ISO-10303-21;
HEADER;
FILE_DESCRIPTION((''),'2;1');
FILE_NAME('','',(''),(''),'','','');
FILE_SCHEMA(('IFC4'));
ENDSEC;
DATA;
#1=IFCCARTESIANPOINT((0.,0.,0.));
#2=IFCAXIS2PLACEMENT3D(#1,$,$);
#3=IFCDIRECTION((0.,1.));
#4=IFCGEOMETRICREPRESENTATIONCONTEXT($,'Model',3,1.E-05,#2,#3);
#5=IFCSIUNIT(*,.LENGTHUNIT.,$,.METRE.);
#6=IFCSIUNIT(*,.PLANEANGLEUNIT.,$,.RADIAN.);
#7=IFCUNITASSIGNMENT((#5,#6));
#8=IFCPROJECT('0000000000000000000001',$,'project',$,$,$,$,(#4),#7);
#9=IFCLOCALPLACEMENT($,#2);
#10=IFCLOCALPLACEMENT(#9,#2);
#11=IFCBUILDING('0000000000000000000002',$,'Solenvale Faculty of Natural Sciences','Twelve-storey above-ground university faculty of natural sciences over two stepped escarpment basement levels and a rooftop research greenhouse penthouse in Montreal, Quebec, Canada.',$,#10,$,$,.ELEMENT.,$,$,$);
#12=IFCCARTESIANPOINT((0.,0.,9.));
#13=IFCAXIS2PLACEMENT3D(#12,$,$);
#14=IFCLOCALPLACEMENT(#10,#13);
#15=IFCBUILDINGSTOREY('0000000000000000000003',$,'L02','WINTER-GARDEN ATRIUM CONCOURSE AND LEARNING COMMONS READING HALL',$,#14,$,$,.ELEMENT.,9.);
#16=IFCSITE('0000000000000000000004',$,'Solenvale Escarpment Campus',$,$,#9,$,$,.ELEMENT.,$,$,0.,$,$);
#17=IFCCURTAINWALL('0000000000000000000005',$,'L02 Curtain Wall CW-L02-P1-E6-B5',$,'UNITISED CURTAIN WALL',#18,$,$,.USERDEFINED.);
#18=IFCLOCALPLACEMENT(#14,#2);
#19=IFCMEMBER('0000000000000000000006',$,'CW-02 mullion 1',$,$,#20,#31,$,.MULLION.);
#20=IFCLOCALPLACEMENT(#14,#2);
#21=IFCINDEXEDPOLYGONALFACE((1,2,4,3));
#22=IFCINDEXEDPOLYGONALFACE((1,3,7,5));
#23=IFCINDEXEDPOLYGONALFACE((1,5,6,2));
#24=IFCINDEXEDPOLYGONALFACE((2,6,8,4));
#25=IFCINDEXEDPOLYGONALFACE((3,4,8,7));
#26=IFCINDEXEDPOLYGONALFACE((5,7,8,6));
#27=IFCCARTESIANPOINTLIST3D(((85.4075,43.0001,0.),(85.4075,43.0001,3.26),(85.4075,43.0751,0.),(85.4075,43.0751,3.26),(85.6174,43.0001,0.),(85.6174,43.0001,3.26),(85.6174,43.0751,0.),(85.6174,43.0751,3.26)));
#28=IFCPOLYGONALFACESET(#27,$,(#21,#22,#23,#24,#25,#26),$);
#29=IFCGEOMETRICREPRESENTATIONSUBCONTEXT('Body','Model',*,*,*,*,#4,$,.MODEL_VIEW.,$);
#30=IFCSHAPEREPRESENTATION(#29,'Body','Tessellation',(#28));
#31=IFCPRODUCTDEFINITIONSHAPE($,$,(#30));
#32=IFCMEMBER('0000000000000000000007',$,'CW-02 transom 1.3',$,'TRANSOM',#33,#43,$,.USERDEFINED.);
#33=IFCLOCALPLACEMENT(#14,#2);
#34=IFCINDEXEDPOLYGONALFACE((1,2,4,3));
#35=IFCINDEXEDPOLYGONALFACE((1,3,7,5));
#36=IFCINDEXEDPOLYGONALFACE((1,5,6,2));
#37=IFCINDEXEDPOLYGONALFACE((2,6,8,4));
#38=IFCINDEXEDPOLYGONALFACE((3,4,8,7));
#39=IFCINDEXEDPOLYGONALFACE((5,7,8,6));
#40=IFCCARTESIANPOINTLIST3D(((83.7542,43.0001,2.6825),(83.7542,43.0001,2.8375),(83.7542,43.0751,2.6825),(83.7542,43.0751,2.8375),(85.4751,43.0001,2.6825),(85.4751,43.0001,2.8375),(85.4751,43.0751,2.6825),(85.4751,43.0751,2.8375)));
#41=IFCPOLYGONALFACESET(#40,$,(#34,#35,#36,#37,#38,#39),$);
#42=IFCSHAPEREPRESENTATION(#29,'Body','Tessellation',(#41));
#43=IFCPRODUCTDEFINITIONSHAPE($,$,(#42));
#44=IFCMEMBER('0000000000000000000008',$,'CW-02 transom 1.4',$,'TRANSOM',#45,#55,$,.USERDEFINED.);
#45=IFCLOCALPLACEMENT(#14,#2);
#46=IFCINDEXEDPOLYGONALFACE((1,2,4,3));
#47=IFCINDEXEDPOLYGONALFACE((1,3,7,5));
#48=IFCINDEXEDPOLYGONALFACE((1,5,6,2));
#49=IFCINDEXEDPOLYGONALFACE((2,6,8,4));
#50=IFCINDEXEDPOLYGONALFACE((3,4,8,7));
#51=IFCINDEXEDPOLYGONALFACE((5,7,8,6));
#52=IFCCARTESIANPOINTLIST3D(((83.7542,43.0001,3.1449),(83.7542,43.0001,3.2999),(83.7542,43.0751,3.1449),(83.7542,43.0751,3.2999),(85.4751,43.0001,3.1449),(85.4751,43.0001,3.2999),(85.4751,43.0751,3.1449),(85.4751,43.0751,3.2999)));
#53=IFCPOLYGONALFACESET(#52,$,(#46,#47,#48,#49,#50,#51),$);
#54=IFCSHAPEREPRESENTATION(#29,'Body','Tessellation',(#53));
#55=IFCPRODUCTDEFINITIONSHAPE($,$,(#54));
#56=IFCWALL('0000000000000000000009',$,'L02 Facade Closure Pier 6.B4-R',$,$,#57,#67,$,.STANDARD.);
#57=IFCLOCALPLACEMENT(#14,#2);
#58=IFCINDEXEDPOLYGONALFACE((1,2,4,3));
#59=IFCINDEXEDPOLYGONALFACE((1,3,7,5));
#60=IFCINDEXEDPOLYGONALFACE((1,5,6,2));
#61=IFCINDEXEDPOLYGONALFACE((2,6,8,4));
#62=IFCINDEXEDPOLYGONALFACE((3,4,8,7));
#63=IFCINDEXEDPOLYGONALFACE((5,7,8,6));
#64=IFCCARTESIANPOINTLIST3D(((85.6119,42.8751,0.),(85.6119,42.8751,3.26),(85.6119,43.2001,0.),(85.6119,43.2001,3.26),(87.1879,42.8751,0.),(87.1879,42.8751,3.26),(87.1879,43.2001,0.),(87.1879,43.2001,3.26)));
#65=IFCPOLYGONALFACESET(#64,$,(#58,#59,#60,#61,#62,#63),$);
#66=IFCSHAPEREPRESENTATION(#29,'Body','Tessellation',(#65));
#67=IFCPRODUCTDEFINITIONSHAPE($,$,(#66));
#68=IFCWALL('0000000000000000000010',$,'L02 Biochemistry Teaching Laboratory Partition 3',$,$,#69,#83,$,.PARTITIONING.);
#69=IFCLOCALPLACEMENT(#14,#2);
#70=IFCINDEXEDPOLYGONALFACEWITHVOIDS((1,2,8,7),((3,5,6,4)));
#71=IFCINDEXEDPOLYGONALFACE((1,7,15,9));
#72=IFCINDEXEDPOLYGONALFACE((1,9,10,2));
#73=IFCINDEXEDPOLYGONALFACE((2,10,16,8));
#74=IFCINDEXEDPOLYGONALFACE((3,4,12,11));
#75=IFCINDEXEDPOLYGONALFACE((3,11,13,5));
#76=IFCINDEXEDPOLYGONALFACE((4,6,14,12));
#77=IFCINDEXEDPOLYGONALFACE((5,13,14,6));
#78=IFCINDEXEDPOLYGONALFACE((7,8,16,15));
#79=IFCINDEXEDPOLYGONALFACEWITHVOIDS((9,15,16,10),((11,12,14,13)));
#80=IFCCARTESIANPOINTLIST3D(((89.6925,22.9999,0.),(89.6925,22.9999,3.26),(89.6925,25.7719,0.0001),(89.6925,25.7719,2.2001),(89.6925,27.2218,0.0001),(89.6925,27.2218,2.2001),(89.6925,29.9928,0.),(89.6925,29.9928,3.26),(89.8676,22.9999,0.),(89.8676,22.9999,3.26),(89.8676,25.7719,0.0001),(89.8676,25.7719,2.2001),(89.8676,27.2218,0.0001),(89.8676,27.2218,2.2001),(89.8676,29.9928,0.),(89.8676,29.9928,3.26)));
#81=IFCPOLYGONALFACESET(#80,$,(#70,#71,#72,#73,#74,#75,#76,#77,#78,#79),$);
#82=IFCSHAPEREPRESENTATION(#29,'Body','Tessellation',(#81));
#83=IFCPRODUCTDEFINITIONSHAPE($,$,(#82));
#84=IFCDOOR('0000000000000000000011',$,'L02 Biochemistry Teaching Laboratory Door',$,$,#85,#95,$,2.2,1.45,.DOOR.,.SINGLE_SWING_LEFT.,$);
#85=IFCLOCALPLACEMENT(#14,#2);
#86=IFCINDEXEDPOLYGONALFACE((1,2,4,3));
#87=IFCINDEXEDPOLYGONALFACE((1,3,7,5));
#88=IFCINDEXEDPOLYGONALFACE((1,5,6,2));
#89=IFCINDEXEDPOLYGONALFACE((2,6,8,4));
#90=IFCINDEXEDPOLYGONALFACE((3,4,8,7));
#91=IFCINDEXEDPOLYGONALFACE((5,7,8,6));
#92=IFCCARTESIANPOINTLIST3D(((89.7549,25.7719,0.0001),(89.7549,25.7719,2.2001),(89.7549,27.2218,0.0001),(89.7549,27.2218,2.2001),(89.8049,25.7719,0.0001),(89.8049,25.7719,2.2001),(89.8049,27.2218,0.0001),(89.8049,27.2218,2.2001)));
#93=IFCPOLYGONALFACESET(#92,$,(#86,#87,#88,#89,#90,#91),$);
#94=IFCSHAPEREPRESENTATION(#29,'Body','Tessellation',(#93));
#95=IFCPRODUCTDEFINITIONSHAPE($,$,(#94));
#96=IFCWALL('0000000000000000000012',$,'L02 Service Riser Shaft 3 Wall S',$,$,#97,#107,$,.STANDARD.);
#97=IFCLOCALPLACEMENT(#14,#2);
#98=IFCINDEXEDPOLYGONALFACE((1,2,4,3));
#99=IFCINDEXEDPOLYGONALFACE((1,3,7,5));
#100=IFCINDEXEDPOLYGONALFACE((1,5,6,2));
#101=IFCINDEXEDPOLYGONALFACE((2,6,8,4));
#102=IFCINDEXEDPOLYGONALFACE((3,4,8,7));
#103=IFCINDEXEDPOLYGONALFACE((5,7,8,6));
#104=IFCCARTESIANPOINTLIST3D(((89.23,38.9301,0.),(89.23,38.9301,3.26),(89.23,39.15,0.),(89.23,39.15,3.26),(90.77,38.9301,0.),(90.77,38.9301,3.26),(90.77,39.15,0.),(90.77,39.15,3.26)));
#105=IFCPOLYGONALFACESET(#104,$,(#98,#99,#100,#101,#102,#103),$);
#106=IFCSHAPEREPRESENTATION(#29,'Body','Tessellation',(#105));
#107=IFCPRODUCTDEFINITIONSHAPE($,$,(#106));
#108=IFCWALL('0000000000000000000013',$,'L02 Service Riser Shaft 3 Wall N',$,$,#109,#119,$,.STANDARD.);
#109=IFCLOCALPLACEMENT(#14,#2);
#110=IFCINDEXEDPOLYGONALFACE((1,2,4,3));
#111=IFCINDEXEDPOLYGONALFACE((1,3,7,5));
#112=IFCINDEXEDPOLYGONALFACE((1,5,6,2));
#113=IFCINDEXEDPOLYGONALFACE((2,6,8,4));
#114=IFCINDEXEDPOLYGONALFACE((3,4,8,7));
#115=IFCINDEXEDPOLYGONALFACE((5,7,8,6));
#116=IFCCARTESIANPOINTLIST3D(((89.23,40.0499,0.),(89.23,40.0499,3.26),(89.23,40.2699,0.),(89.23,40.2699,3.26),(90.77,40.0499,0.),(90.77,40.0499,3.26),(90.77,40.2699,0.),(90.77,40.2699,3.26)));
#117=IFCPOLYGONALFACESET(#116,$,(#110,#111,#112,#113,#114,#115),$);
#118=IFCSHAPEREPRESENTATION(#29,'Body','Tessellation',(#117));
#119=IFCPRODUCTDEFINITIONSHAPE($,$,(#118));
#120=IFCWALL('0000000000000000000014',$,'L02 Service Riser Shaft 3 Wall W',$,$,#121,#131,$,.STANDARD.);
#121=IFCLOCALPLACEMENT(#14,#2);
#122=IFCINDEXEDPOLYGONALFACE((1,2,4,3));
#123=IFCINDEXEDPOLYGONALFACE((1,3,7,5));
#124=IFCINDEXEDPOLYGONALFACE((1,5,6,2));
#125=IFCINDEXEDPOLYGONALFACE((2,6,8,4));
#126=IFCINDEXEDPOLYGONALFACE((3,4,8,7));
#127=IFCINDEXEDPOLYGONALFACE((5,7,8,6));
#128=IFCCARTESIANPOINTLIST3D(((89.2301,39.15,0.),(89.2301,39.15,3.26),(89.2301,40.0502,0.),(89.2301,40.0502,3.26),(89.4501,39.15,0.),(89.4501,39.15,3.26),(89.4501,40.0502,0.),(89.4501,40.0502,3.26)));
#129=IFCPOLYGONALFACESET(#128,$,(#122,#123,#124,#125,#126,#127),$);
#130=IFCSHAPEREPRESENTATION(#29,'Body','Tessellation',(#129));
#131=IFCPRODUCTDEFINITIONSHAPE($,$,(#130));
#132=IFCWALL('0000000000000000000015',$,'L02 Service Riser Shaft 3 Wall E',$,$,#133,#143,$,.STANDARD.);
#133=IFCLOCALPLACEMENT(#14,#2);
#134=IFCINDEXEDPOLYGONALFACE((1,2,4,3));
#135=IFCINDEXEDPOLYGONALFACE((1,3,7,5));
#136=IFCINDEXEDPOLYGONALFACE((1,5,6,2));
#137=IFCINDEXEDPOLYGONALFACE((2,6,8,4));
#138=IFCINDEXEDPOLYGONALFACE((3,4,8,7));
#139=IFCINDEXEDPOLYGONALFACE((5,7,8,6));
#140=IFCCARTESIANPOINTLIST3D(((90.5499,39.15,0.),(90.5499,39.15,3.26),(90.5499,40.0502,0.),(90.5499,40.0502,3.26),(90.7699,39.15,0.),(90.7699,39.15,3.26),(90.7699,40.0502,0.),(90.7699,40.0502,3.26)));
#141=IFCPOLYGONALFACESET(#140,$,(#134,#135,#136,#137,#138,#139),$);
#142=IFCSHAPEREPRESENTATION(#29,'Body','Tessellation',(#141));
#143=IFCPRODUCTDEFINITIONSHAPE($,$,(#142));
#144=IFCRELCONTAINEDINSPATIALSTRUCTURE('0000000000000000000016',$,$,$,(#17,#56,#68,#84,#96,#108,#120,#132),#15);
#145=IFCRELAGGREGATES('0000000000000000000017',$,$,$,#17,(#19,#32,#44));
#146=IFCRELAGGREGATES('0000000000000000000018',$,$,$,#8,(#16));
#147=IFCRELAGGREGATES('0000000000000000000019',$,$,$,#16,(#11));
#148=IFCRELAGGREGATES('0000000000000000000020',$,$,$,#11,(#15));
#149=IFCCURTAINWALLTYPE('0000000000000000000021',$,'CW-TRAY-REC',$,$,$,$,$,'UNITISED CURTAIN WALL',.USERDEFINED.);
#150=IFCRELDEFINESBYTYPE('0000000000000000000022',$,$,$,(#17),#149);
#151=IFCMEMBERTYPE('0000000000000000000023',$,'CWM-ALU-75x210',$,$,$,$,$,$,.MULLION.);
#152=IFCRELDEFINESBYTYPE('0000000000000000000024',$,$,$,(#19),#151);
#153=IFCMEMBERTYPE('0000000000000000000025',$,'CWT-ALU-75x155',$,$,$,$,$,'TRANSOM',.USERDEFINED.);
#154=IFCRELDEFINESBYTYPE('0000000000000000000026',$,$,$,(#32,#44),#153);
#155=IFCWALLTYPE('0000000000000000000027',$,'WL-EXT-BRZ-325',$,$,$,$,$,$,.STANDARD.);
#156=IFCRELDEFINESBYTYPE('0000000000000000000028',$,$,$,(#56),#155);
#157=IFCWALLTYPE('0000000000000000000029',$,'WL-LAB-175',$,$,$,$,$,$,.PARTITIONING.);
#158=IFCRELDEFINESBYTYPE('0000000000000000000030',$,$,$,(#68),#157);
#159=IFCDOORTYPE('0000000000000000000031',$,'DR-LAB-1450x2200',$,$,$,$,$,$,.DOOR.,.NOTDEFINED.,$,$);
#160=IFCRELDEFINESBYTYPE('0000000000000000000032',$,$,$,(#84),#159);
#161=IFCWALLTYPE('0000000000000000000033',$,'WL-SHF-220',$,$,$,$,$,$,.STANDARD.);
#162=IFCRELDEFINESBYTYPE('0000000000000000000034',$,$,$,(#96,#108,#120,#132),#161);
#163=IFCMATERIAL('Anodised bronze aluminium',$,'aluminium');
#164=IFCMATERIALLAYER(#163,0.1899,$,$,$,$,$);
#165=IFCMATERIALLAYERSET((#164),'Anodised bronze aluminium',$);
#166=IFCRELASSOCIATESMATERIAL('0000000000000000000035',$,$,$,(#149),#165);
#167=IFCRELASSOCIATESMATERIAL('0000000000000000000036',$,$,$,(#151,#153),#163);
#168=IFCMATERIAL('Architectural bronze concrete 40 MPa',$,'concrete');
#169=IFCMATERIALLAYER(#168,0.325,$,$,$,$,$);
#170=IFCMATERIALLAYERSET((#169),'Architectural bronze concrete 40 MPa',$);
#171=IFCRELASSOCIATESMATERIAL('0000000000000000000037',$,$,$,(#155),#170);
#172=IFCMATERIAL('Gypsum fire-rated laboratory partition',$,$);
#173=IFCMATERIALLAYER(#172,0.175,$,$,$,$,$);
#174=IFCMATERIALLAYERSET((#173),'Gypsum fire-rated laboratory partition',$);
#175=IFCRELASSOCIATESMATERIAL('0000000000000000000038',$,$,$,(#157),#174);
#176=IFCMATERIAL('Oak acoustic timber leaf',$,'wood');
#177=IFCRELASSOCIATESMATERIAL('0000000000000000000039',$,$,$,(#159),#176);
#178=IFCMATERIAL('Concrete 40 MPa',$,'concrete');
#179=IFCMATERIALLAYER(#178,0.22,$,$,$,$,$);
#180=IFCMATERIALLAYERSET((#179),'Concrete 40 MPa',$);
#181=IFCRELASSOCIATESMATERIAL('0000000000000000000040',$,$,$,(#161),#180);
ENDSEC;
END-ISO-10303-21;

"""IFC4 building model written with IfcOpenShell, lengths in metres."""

from ifc_helpers import new_model, si_unit, direction, frame, frame_2d, origin, origin_2d, place, context, subcontext, project, spatial, rectangle, extrude, material, layer, layer_set, material_profile, profile_set, type_object, element, fill, aggregate, save


model = new_model("IFC4")

# Units and contexts
model_context = context("Model", 3, precision=1e-05, world=origin(), true_north=direction((0.0, 1.0)))
body_context = subcontext(model_context, "Body", "Model", "MODEL_VIEW")
ifc_project = project(units=[si_unit("LENGTHUNIT", "METRE"), si_unit("PLANEANGLEUNIT", "RADIAN")], contexts=[model_context])

# Site, building, storey
site_placement = place(None, origin())
site = spatial("IfcSite", under=ifc_project, at=site_placement, Name="Solenvale Escarpment Campus", CompositionType="ELEMENT", RefElevation=0.0)
building_placement = place(site_placement, origin())
building = spatial("IfcBuilding", under=site, at=building_placement, Name="Solenvale Faculty of Natural Sciences", Description="Twelve-storey above-ground university faculty of natural sciences over two stepped escarpment basement levels and a rooftop research greenhouse penthouse in Montreal, Quebec, Canada.", CompositionType="ELEMENT")
storey_placement = place(building_placement, frame((0.0, 0.0, 9.0)))
storey = spatial("IfcBuildingStorey", under=building, at=storey_placement, Name="L02", Description="WINTER-GARDEN ATRIUM CONCOURSE AND LEARNING COMMONS READING HALL", CompositionType="ELEMENT", Elevation=9.0)

# Shared definitions
ifc_material_1 = material(Name="Concrete 40 MPa", Category="concrete")

# Curtain wall, members
ifc_material_2 = material(Name="Anodised bronze aluminium", Category="aluminium")
ifc_layer_1 = layer(ifc_material_2, 0.1899)
ifc_layer_set_1 = layer_set([ifc_layer_1], Name="Anodised bronze aluminium")
curtain_wall_type = type_object("IfcCurtainWallType", Name="CW-TRAY-REC", ElementType="UNITISED CURTAIN WALL", PredefinedType="USERDEFINED", material=ifc_layer_set_1)
curtain_wall_placement = place(storey_placement, origin())
curtain_wall = element("IfcCurtainWall", 1, at=curtain_wall_placement, inside=storey, type_object=curtain_wall_type, Name="L02 Curtain Wall CW-L02-P1-E6-B5", ObjectType="UNITISED CURTAIN WALL", PredefinedType="USERDEFINED")
ifc_material_profile_1 = material_profile(ifc_material_2, rectangle(XDim=0.075, YDim=0.21, at=origin_2d()), Name="ALU-MUL-75x210")
ifc_profile_set_1 = profile_set([ifc_material_profile_1], Name="Anodised bronze aluminium")
member_type_1 = type_object("IfcMemberType", Name="CWM-ALU-75x210", PredefinedType="MULLION", material=ifc_profile_set_1)
member_1_placement = place(storey_placement, frame((85.5125, 43.0376, 0.0), z_axis=(0.0, 0.0, 1.0), x_axis=(0.0, -1.0, 0.0)))
member_1 = element("IfcMember", 2, at=member_1_placement, type_object=member_type_1, Name="CW-02 mullion 1", PredefinedType="MULLION", context=body_context, shape_type="SweptSolid", body=[
    extrude(rectangle(XDim=0.075, YDim=0.21, at=origin_2d()), origin(), (0.0, 0.0, 1.0), 3.26),
])
ifc_material_profile_2 = material_profile(ifc_material_2, rectangle(XDim=0.075, YDim=0.155, at=origin_2d()), Name="ALU-TRN-75x155")
ifc_profile_set_2 = profile_set([ifc_material_profile_2], Name="Anodised bronze aluminium")
member_type_2 = type_object("IfcMemberType", Name="CWT-ALU-75x155", ElementType="TRANSOM", PredefinedType="USERDEFINED", material=ifc_profile_set_2)
member_2_placement = place(storey_placement, frame((85.4751, 43.0376, 2.76), z_axis=(-1.0, 0.0, 0.0), x_axis=(0.0, -1.0, 0.0)))
member_2 = element("IfcMember", 3, at=member_2_placement, type_object=member_type_2, Name="CW-02 transom 1.3", ObjectType="TRANSOM", PredefinedType="USERDEFINED", context=body_context, shape_type="SweptSolid", body=[
    extrude(rectangle(XDim=0.075, YDim=0.155, at=origin_2d()), origin(), (0.0, 0.0, 1.0), 1.7209),
])
member_3_placement = place(storey_placement, frame((85.4751, 43.0376, 3.2224), z_axis=(-1.0, 0.0, 0.0), x_axis=(0.0, -1.0, 0.0)))
member_3 = element("IfcMember", 4, at=member_3_placement, type_object=member_type_2, Name="CW-02 transom 1.4", ObjectType="TRANSOM", PredefinedType="USERDEFINED", context=body_context, shape_type="SweptSolid", body=[
    extrude(rectangle(XDim=0.075, YDim=0.155, at=origin_2d()), origin(), (0.0, 0.0, 1.0), 1.7209),
])
aggregate(curtain_wall, [member_1, member_2, member_3])

# Wall
ifc_material_3 = material(Name="Architectural bronze concrete 40 MPa", Category="concrete")
ifc_layer_2 = layer(ifc_material_3, 0.325)
ifc_layer_set_2 = layer_set([ifc_layer_2], Name="Architectural bronze concrete 40 MPa")
wall_type_1 = type_object("IfcWallType", Name="WL-EXT-BRZ-325", PredefinedType="STANDARD", material=ifc_layer_set_2)
wall_1_placement = place(storey_placement, frame((87.188, 43.0376, 0.0), z_axis=(0.0, 0.0, 1.0), x_axis=(-1.0, 0.0, 0.0)))
element("IfcWall", 5, at=wall_1_placement, inside=storey, type_object=wall_type_1, Name="L02 Facade Closure Pier 6.B4-R", PredefinedType="STANDARD", context=body_context, shape_type="SweptSolid", body=[
    extrude(rectangle(XDim=1.5759, YDim=0.325, at=frame_2d((0.7881, 0.0))), origin(), (0.0, 0.0, 1.0), 3.26),
])

# Wall, opening, door
ifc_material_4 = material(Name="Gypsum fire-rated laboratory partition")
ifc_layer_3 = layer(ifc_material_4, 0.175)
ifc_layer_set_3 = layer_set([ifc_layer_3], Name="Gypsum fire-rated laboratory partition")
wall_type_2 = type_object("IfcWallType", Name="WL-LAB-175", PredefinedType="PARTITIONING", material=ifc_layer_set_3)
wall_2_placement = place(storey_placement, frame((89.78, 29.9929, 0.0), z_axis=(0.0, 0.0, 1.0), x_axis=(0.0, -1.0, 0.0)))
wall_2 = element("IfcWall", 6, at=wall_2_placement, inside=storey, type_object=wall_type_2, Name="L02 Biochemistry Teaching Laboratory Partition 3", PredefinedType="PARTITIONING", context=body_context, shape_type="SweptSolid", body=[
    extrude(rectangle(XDim=6.9929, YDim=0.175, at=frame_2d((3.4966, 0.0))), origin(), (0.0, 0.0, 1.0), 3.26),
])
opening_placement = place(wall_2_placement, frame((2.771, 0.0, 0.0)))
opening = element("IfcOpeningElement", 7, at=opening_placement, cuts=wall_2, PredefinedType="OPENING", context=body_context, shape_type="SweptSolid", body=[
    extrude(rectangle(XDim=1.45, YDim=2.2, at=frame_2d((0.7251, 1.1001))), frame((0.0, 0.0974, 0.0), z_axis=(0.0, -1.0, 0.0), x_axis=(1.0, 0.0, 0.0)), (0.0, 0.0, 1.0), 0.1951),
])
ifc_material_5 = material(Name="Oak acoustic timber leaf", Category="wood")
door_type = type_object("IfcDoorType", Name="DR-LAB-1450x2200", OperationType="NOTDEFINED", PredefinedType="DOOR", material=ifc_material_5)
door_placement = place(opening_placement, origin())
door = element("IfcDoor", 8, at=door_placement, inside=storey, type_object=door_type, Name="L02 Biochemistry Teaching Laboratory Door", OperationType="SINGLE_SWING_LEFT", OverallHeight=2.2, OverallWidth=1.45, PredefinedType="DOOR", context=body_context, shape_type="SweptSolid", body=[
    extrude(rectangle(XDim=1.45, YDim=2.2, at=frame_2d((0.7251, 1.1001))), frame((0.0, 0.0249, 0.0), z_axis=(0.0, -1.0, 0.0), x_axis=(1.0, 0.0, 0.0)), (0.0, 0.0, 1.0), 0.05),
])
fill(opening, door)

# Walls
ifc_layer_4 = layer(ifc_material_1, 0.22)
ifc_layer_set_4 = layer_set([ifc_layer_4], Name="Concrete 40 MPa")
wall_type_3 = type_object("IfcWallType", Name="WL-SHF-220", PredefinedType="STANDARD", material=ifc_layer_set_4)
for number, where, z_axis, x_axis, name in (
    (9, (89.23, 39.04, 0.0), (0.0, 0.0, 1.0), (1.0, 0.0, 0.0), "L02 Service Riser Shaft 3 Wall S"),
    (10, (89.23, 40.1599, 0.0), (0.0, 0.0, 1.0), (1.0, 0.0, 0.0), "L02 Service Riser Shaft 3 Wall N"),
):
    element("IfcWall", number, at=place(storey_placement, frame(where, z_axis=z_axis, x_axis=x_axis)), inside=storey, type_object=wall_type_3, Name=name, PredefinedType="STANDARD", context=body_context, shape_type="SweptSolid", body=[
        extrude(rectangle(XDim=1.54, YDim=0.22, at=frame_2d((0.77, 0.0))), origin(), (0.0, 0.0, 1.0), 3.26),
    ])
for number, where, z_axis, x_axis, name in (
    (11, (89.3401, 39.1499, 0.0), (0.0, 0.0, 1.0), (0.0, 1.0, 0.0), "L02 Service Riser Shaft 3 Wall W"),
    (12, (90.6599, 39.1499, 0.0), (0.0, 0.0, 1.0), (0.0, 1.0, 0.0), "L02 Service Riser Shaft 3 Wall E"),
):
    element("IfcWall", number, at=place(storey_placement, frame(where, z_axis=z_axis, x_axis=x_axis)), inside=storey, type_object=wall_type_3, Name=name, PredefinedType="STANDARD", context=body_context, shape_type="SweptSolid", body=[
        extrude(rectangle(XDim=0.9001, YDim=0.22, at=frame_2d((0.4502, 0.0))), origin(), (0.0, 0.0, 1.0), 3.26),
    ])

save(model, "model.ifc")
